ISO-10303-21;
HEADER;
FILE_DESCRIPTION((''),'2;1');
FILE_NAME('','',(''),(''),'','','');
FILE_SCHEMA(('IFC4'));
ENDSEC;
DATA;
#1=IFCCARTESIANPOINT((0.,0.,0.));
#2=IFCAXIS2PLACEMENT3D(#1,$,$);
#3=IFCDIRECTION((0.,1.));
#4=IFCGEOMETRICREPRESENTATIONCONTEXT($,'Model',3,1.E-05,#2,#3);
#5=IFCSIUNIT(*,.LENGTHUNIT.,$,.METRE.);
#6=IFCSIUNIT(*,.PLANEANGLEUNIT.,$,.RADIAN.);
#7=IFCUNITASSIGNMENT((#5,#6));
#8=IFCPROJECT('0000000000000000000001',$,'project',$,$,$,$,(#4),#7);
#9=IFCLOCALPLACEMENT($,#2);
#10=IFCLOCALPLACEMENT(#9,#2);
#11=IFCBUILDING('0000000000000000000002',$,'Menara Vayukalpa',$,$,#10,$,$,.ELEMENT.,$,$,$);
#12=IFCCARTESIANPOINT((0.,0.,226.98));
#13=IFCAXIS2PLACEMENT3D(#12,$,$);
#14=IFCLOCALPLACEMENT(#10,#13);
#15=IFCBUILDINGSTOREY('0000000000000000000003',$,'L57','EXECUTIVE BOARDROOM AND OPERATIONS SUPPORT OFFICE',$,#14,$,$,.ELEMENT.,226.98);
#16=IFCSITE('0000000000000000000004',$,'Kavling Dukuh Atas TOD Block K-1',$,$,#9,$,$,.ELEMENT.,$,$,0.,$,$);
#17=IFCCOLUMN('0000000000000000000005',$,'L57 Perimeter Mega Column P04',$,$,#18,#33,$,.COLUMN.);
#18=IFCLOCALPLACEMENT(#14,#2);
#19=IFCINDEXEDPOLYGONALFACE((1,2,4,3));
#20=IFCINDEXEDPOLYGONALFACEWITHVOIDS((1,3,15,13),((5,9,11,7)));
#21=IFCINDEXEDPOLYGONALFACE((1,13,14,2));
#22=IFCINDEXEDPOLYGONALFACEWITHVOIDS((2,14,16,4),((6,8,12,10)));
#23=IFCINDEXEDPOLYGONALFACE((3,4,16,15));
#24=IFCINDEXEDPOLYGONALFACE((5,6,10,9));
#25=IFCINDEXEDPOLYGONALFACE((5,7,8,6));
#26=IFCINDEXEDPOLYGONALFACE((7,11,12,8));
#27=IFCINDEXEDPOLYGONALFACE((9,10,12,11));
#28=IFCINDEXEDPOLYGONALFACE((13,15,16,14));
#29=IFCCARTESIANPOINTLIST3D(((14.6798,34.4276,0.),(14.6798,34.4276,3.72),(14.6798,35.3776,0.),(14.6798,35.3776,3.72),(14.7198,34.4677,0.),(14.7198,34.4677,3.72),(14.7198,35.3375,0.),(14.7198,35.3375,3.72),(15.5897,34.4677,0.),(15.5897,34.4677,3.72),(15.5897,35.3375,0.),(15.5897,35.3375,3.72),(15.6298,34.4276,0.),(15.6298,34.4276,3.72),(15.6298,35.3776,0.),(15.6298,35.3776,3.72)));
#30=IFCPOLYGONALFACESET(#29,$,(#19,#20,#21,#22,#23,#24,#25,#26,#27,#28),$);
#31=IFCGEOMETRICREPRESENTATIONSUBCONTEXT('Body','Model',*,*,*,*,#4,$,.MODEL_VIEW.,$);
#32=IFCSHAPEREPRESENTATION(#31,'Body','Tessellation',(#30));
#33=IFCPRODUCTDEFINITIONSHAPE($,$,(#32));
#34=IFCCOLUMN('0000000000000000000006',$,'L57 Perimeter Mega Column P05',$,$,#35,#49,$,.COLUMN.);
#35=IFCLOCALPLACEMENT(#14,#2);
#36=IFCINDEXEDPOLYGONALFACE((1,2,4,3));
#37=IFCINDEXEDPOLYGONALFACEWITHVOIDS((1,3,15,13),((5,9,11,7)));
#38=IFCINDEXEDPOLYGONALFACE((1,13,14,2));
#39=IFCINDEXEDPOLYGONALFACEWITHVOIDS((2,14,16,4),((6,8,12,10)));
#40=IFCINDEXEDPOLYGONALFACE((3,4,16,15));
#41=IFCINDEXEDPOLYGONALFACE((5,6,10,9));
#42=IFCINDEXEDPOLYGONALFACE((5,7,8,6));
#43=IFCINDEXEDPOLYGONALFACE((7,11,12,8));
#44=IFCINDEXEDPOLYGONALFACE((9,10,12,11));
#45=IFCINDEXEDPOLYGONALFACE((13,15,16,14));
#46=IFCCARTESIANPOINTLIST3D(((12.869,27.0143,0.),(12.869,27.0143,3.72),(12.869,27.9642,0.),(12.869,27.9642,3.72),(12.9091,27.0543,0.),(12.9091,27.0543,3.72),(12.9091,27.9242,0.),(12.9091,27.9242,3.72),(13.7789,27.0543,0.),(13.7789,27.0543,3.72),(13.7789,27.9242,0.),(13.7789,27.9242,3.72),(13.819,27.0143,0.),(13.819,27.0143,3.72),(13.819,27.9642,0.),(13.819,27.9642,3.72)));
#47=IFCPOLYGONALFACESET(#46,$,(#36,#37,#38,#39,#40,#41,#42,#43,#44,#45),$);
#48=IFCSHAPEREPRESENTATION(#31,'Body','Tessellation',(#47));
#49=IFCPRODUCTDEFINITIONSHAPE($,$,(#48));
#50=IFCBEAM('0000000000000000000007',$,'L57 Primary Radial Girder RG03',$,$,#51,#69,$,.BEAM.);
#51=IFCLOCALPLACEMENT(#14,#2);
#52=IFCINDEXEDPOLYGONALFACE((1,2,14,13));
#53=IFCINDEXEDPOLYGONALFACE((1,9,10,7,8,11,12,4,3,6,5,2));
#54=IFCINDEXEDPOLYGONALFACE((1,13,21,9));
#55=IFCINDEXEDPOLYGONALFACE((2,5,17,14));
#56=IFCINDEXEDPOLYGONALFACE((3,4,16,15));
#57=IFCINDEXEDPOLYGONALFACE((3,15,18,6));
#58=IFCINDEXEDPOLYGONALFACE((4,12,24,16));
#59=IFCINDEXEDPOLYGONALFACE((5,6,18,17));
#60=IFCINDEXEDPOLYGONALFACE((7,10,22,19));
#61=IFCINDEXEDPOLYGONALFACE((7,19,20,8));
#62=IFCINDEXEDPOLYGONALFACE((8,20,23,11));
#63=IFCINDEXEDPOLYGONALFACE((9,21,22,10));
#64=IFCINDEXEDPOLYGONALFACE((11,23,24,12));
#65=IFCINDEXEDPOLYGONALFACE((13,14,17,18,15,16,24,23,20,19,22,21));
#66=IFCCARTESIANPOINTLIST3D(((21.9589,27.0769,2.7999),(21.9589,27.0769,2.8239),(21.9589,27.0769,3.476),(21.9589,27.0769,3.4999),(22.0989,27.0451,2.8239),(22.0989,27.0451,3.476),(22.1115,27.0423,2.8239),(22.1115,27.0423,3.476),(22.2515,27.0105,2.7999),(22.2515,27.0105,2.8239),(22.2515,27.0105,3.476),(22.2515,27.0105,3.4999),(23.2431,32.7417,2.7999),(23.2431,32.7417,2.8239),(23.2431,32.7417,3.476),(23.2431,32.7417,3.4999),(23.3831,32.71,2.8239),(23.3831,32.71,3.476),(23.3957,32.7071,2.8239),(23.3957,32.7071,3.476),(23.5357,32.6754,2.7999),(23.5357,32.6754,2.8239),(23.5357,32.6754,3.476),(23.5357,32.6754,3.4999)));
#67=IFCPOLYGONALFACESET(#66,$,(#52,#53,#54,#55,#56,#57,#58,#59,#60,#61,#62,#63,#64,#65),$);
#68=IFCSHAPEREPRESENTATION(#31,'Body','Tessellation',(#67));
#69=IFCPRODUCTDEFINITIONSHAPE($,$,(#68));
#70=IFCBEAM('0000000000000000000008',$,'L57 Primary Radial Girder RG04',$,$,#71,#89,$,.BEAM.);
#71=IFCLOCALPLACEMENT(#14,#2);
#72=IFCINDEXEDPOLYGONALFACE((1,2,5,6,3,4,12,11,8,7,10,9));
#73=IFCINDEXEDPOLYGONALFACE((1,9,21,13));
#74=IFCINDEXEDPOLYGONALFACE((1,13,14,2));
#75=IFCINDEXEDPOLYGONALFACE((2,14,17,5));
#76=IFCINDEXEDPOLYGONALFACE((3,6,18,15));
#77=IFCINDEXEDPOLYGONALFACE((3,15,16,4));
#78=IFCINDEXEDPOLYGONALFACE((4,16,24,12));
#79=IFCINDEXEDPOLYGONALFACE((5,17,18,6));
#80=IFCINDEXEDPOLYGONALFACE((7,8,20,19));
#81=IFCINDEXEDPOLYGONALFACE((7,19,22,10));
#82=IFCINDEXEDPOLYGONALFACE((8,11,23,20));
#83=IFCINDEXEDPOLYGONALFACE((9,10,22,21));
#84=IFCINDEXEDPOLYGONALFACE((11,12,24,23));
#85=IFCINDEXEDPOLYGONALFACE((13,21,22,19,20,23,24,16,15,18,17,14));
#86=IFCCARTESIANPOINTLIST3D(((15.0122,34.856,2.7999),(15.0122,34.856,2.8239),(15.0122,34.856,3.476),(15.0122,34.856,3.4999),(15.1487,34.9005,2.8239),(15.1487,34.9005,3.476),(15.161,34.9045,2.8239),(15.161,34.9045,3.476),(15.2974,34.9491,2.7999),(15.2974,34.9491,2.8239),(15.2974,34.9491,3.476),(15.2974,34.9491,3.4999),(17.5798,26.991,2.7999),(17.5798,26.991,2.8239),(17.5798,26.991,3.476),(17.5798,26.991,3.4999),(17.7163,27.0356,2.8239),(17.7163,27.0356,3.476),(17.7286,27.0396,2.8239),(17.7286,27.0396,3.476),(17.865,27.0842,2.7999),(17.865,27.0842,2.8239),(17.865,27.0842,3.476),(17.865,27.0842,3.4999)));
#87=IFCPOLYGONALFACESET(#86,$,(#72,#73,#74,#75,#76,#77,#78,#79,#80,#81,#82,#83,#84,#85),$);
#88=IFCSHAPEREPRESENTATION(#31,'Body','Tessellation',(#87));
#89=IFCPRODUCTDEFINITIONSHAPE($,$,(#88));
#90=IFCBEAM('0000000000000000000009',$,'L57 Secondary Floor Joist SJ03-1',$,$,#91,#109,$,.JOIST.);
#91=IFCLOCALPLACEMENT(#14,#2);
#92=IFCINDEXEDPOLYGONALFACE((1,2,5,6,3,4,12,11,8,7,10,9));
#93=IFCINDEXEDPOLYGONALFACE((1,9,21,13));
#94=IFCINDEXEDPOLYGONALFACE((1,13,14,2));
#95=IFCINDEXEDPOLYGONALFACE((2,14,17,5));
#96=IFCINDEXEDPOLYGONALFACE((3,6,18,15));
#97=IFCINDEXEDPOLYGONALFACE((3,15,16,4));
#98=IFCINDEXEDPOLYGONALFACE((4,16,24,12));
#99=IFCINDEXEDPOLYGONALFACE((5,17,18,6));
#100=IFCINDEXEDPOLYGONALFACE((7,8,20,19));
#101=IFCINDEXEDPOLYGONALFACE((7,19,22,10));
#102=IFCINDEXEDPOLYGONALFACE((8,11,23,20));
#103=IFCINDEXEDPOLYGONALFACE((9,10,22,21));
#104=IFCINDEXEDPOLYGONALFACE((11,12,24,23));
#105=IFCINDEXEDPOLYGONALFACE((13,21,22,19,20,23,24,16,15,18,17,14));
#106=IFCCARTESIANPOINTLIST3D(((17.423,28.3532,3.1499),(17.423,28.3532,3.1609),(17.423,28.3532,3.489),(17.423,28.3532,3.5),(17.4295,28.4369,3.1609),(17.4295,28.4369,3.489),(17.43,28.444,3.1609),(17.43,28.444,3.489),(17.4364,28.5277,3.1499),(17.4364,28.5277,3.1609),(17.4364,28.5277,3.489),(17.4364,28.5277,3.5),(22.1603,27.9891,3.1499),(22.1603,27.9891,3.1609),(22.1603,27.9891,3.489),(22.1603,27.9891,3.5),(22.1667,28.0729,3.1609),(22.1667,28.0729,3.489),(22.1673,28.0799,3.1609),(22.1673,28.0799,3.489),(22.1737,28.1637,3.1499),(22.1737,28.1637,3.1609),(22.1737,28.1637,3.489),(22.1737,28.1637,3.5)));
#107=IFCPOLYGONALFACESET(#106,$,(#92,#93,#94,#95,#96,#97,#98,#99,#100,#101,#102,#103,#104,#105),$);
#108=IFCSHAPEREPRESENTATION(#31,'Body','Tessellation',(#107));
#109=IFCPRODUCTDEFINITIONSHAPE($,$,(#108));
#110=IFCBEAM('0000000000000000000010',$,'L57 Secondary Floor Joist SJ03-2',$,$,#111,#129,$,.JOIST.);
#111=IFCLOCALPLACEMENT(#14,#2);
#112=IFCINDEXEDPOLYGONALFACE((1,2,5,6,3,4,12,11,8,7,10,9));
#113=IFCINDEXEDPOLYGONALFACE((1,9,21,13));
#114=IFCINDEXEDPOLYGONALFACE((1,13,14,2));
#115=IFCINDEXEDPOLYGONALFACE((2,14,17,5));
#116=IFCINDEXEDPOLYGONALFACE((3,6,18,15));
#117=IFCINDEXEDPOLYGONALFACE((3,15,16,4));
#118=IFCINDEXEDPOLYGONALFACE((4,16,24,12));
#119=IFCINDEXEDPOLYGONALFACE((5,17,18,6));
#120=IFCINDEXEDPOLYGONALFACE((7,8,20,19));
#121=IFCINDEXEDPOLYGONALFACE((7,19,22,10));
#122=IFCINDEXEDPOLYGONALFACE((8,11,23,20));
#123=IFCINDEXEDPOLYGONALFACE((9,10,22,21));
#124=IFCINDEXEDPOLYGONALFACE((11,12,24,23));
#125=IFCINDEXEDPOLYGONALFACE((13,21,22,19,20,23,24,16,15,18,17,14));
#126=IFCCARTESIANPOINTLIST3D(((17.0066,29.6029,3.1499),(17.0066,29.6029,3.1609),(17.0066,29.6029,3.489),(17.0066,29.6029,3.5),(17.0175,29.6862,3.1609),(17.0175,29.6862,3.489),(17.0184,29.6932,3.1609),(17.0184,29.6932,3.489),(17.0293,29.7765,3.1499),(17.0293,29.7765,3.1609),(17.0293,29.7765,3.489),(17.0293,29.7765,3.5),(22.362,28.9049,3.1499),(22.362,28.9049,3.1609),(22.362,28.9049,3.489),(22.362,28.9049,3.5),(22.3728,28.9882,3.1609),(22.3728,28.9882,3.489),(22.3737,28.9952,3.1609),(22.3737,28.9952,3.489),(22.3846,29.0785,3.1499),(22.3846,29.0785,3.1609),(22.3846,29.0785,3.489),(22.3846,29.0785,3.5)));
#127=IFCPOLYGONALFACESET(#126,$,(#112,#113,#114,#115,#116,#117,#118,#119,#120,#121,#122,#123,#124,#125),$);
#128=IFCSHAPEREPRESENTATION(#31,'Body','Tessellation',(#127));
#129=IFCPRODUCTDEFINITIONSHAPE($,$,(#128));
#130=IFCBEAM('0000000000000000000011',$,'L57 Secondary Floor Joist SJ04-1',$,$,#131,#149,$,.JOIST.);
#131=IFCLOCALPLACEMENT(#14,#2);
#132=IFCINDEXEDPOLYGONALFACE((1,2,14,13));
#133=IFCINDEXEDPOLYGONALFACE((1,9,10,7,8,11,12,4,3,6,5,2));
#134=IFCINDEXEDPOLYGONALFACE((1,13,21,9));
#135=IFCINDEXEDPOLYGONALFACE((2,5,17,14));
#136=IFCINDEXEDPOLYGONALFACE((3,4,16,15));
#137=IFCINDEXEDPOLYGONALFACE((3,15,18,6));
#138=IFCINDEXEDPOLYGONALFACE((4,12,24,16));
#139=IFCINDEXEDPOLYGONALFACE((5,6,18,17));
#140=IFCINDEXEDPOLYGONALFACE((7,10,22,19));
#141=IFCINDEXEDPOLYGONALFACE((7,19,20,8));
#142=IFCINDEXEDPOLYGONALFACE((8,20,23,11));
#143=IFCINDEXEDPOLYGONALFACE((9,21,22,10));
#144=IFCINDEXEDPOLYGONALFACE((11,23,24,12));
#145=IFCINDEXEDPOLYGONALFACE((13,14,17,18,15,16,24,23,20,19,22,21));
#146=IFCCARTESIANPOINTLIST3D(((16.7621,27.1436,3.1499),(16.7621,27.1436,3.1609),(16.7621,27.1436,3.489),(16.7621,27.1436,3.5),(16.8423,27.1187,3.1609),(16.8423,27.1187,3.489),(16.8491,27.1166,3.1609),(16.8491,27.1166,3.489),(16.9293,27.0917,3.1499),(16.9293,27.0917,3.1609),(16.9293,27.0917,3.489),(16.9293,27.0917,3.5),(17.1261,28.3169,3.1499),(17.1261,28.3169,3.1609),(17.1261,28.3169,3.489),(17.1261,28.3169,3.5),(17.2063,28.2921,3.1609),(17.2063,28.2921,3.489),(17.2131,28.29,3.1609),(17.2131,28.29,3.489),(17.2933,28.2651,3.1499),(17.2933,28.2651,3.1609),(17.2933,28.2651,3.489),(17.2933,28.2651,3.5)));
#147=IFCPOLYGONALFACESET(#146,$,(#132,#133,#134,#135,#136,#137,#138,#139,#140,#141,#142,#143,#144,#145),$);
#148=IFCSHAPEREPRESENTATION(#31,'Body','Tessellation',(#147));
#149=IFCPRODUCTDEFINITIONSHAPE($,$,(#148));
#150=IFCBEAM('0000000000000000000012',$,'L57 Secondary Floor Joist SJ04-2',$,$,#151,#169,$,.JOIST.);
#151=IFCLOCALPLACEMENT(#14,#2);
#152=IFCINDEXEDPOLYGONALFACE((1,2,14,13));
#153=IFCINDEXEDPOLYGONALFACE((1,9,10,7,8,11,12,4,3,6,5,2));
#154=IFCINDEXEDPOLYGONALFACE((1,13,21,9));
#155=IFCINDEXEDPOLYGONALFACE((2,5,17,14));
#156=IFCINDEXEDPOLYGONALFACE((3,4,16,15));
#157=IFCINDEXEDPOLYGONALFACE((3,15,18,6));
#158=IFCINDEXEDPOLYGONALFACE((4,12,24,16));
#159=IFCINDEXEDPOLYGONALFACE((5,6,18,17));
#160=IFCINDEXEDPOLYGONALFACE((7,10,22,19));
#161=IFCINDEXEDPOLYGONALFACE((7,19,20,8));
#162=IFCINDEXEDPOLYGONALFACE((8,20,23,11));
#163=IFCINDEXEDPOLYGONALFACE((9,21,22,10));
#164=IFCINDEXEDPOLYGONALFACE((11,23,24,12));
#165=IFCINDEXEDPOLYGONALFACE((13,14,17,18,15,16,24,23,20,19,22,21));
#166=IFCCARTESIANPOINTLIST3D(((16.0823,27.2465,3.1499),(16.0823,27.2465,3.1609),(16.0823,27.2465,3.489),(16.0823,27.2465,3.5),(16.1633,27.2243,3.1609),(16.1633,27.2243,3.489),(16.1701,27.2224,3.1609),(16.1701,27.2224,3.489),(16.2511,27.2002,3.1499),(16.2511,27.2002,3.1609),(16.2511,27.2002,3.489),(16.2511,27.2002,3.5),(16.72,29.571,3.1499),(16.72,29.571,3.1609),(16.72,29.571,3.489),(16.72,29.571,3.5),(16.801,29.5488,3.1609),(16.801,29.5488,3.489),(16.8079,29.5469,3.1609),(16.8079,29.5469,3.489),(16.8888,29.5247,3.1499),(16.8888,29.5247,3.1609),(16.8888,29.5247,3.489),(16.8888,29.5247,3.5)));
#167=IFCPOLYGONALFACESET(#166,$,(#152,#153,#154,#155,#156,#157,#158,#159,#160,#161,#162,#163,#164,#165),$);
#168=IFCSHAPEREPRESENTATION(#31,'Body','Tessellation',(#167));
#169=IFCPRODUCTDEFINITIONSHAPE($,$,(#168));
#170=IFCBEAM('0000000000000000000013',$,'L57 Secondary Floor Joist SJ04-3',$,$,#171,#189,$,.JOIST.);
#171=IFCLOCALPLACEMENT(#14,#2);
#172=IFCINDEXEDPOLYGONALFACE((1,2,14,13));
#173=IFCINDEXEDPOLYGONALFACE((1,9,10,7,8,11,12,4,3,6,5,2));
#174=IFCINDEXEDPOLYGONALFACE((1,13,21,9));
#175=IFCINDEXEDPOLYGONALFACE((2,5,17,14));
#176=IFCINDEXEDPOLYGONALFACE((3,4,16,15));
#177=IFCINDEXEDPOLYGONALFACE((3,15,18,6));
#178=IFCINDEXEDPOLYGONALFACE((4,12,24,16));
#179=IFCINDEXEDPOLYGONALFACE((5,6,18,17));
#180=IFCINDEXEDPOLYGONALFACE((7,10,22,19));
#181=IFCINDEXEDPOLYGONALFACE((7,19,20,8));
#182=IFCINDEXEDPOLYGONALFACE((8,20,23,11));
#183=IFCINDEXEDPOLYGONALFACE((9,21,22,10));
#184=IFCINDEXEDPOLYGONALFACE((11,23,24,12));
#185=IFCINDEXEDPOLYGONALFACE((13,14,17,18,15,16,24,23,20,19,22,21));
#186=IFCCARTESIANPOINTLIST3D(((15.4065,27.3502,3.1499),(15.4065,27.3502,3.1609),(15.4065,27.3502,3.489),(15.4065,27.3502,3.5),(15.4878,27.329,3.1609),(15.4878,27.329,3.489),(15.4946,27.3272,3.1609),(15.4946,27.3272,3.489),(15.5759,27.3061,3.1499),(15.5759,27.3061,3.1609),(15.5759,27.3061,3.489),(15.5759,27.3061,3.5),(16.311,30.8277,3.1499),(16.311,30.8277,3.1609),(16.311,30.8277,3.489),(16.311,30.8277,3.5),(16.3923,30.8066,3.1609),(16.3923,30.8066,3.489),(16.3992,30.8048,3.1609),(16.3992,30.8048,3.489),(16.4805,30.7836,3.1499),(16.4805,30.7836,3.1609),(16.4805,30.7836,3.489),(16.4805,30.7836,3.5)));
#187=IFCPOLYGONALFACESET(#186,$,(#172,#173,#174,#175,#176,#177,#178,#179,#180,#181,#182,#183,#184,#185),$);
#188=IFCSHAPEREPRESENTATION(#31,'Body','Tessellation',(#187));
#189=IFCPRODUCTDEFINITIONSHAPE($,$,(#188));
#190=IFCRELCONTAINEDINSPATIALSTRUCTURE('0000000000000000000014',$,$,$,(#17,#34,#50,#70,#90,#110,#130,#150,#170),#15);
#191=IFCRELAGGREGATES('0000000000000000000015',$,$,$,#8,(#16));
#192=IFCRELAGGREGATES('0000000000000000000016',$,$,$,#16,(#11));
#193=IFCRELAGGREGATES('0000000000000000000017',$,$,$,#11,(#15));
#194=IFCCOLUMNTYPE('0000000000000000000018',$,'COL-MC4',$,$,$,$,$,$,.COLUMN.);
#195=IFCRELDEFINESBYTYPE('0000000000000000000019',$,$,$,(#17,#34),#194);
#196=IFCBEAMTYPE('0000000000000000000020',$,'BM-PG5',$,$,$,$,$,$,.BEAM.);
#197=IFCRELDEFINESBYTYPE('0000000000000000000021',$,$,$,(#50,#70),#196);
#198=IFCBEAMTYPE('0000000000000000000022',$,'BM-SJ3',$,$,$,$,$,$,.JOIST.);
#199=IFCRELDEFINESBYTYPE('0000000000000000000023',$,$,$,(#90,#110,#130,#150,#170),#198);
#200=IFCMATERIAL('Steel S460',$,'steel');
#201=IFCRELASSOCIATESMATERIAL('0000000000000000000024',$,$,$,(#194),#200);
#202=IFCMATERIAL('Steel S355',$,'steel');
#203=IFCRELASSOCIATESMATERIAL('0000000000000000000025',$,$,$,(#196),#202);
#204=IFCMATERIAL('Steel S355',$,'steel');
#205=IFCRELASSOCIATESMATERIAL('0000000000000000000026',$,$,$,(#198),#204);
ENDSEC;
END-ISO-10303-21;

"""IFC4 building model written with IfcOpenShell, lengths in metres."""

from ifc_helpers import new_model, si_unit, direction, frame, origin, origin_2d, place, context, subcontext, project, spatial, hollow_rectangle, i_section, extrude, material, material_profile, profile_set, type_object, element, save


model = new_model("IFC4")

# Units and contexts
model_context = context("Model", 3, precision=1e-05, world=origin(), true_north=direction((0.0, 1.0)))
body_context = subcontext(model_context, "Body", "Model", "MODEL_VIEW")
ifc_project = project(units=[si_unit("LENGTHUNIT", "METRE"), si_unit("PLANEANGLEUNIT", "RADIAN")], contexts=[model_context])

# Site, building, storey
site_placement = place(None, origin())
site = spatial("IfcSite", under=ifc_project, at=site_placement, Name="Kavling Dukuh Atas TOD Block K-1", CompositionType="ELEMENT", RefElevation=0.0)
building_placement = place(site_placement, origin())
building = spatial("IfcBuilding", under=site, at=building_placement, Name="Menara Vayukalpa", CompositionType="ELEMENT")
storey_placement = place(building_placement, frame((0.0, 0.0, 226.98)))
storey = spatial("IfcBuildingStorey", under=building, at=storey_placement, Name="L57", Description="EXECUTIVE BOARDROOM AND OPERATIONS SUPPORT OFFICE", CompositionType="ELEMENT", Elevation=226.98)

# Columns
ifc_material_1 = material(Name="Steel S460", Category="steel")
ifc_material_profile_1 = material_profile(ifc_material_1, hollow_rectangle(XDim=0.95, YDim=0.95, WallThickness=0.04, at=origin_2d()), Name="BOX 950x950x40")
ifc_profile_set_1 = profile_set([ifc_material_profile_1], Name="Steel S460")
column_type = type_object("IfcColumnType", Name="COL-MC4", PredefinedType="COLUMN", material=ifc_profile_set_1)
for number, where, z_axis, x_axis, name in (
    (1, (15.1548, 34.9026, 0.0), (0.0, 0.0, 1.0), (1.0, 0.0, 0.0), "L57 Perimeter Mega Column P04"),
    (2, (13.344, 27.4893, 0.0), (0.0, 0.0, 1.0), (1.0, 0.0, 0.0), "L57 Perimeter Mega Column P05"),
):
    element("IfcColumn", number, at=place(storey_placement, frame(where, z_axis=z_axis, x_axis=x_axis)), inside=storey, type_object=column_type, Name=name, PredefinedType="COLUMN", context=body_context, shape_type="SweptSolid", body=[
        extrude(hollow_rectangle(XDim=0.95, YDim=0.95, WallThickness=0.04, at=origin_2d()), origin(), (0.0, 0.0, 1.0), 3.72),
    ])

# Beams
ifc_material_2 = material(Name="Steel S355", Category="steel")
ifc_material_profile_2 = material_profile(ifc_material_2, i_section(OverallWidth=0.3, OverallDepth=0.7, WebThickness=0.0129, FlangeThickness=0.0239, at=origin_2d()), Name="WF 700x300x13x24")
ifc_profile_set_2 = profile_set([ifc_material_profile_2], Name="Steel S355")
beam_type_1 = type_object("IfcBeamType", Name="BM-PG5", PredefinedType="BEAM", material=ifc_profile_set_2)
beam_1_placement = place(storey_placement, frame((22.1052, 27.0437, 3.1499), z_axis=(0.221085, 0.975255, 0.0), x_axis=(-0.975255, 0.221085, 0.0)))
element("IfcBeam", 3, at=beam_1_placement, inside=storey, type_object=beam_type_1, Name="L57 Primary Radial Girder RG03", PredefinedType="BEAM", context=body_context, shape_type="SweptSolid", body=[
    extrude(i_section(OverallWidth=0.3, OverallDepth=0.7, WebThickness=0.0129, FlangeThickness=0.0239, at=origin_2d()), origin(), (0.0, 0.0, 1.0), 5.8086),
])
beam_2_placement = place(storey_placement, frame((17.7224, 27.0376, 3.1499), z_axis=(-0.310344, 0.950624, 0.0), x_axis=(-0.950624, -0.310344, 0.0)))
element("IfcBeam", 4, at=beam_2_placement, inside=storey, type_object=beam_type_1, Name="L57 Primary Radial Girder RG04", PredefinedType="BEAM", context=body_context, shape_type="SweptSolid", body=[
    extrude(i_section(OverallWidth=0.3, OverallDepth=0.7, WebThickness=0.0129, FlangeThickness=0.0239, at=origin_2d()), origin(), (0.0, 0.0, 1.0), 8.2734),
])
ifc_material_3 = material(Name="Steel S355", Category="steel")
ifc_material_profile_3 = material_profile(ifc_material_3, i_section(OverallWidth=0.175, OverallDepth=0.3501, WebThickness=0.0071, FlangeThickness=0.011, at=origin_2d()), Name="WF 350x175x7x11")
ifc_profile_set_3 = profile_set([ifc_material_profile_3], Name="Steel S355")
beam_type_2 = type_object("IfcBeamType", Name="BM-SJ3", PredefinedType="JOIST", material=ifc_profile_set_3)
beam_3_placement = place(storey_placement, frame((22.167, 28.0764, 3.325), z_axis=(-0.997061, 0.076614, 0.0), x_axis=(-0.076614, -0.997061, 0.0)))
element("IfcBeam", 5, at=beam_3_placement, inside=storey, type_object=beam_type_2, Name="L57 Secondary Floor Joist SJ03-1", PredefinedType="JOIST", context=body_context, shape_type="SweptSolid", body=[
    extrude(i_section(OverallWidth=0.175, OverallDepth=0.3501, WebThickness=0.0071, FlangeThickness=0.011, at=origin_2d()), origin(), (0.0, 0.0, 1.0), 4.7512),
])
beam_4_placement = place(storey_placement, frame((22.3733, 28.9917, 3.325), z_axis=(-0.991613, 0.129246, 0.0), x_axis=(-0.129246, -0.991613, 0.0)))
element("IfcBeam", 6, at=beam_4_placement, inside=storey, type_object=beam_type_2, Name="L57 Secondary Floor Joist SJ03-2", PredefinedType="JOIST", context=body_context, shape_type="SweptSolid", body=[
    extrude(i_section(OverallWidth=0.175, OverallDepth=0.3501, WebThickness=0.0071, FlangeThickness=0.011, at=origin_2d()), origin(), (0.0, 0.0, 1.0), 5.4006),
])
beam_5_placement = place(storey_placement, frame((17.2097, 28.291, 3.325), z_axis=(-0.296305, -0.955093, 0.0), x_axis=(0.955093, -0.296305, 0.0)))
element("IfcBeam", 7, at=beam_5_placement, inside=storey, type_object=beam_type_2, Name="L57 Secondary Floor Joist SJ04-1", PredefinedType="JOIST", context=body_context, shape_type="SweptSolid", body=[
    extrude(i_section(OverallWidth=0.175, OverallDepth=0.3501, WebThickness=0.0071, FlangeThickness=0.011, at=origin_2d()), origin(), (0.0, 0.0, 1.0), 1.2285),
])
beam_6_placement = place(storey_placement, frame((16.8044, 29.5479, 3.325), z_axis=(-0.264566, -0.964368, 0.0), x_axis=(0.964368, -0.264566, 0.0)))
element("IfcBeam", 8, at=beam_6_placement, inside=storey, type_object=beam_type_2, Name="L57 Secondary Floor Joist SJ04-2", PredefinedType="JOIST", context=body_context, shape_type="SweptSolid", body=[
    extrude(i_section(OverallWidth=0.175, OverallDepth=0.3501, WebThickness=0.0071, FlangeThickness=0.011, at=origin_2d()), origin(), (0.0, 0.0, 1.0), 2.4104),
])
beam_7_placement = place(storey_placement, frame((16.3958, 30.8057, 3.325), z_axis=(-0.251733, -0.967797, 0.0), x_axis=(0.967797, -0.251733, 0.0)))
element("IfcBeam", 9, at=beam_7_placement, inside=storey, type_object=beam_type_2, Name="L57 Secondary Floor Joist SJ04-3", PredefinedType="JOIST", context=body_context, shape_type="SweptSolid", body=[
    extrude(i_section(OverallWidth=0.175, OverallDepth=0.3501, WebThickness=0.0071, FlangeThickness=0.011, at=origin_2d()), origin(), (0.0, 0.0, 1.0), 3.5933),
])

save(model, "model.ifc")
